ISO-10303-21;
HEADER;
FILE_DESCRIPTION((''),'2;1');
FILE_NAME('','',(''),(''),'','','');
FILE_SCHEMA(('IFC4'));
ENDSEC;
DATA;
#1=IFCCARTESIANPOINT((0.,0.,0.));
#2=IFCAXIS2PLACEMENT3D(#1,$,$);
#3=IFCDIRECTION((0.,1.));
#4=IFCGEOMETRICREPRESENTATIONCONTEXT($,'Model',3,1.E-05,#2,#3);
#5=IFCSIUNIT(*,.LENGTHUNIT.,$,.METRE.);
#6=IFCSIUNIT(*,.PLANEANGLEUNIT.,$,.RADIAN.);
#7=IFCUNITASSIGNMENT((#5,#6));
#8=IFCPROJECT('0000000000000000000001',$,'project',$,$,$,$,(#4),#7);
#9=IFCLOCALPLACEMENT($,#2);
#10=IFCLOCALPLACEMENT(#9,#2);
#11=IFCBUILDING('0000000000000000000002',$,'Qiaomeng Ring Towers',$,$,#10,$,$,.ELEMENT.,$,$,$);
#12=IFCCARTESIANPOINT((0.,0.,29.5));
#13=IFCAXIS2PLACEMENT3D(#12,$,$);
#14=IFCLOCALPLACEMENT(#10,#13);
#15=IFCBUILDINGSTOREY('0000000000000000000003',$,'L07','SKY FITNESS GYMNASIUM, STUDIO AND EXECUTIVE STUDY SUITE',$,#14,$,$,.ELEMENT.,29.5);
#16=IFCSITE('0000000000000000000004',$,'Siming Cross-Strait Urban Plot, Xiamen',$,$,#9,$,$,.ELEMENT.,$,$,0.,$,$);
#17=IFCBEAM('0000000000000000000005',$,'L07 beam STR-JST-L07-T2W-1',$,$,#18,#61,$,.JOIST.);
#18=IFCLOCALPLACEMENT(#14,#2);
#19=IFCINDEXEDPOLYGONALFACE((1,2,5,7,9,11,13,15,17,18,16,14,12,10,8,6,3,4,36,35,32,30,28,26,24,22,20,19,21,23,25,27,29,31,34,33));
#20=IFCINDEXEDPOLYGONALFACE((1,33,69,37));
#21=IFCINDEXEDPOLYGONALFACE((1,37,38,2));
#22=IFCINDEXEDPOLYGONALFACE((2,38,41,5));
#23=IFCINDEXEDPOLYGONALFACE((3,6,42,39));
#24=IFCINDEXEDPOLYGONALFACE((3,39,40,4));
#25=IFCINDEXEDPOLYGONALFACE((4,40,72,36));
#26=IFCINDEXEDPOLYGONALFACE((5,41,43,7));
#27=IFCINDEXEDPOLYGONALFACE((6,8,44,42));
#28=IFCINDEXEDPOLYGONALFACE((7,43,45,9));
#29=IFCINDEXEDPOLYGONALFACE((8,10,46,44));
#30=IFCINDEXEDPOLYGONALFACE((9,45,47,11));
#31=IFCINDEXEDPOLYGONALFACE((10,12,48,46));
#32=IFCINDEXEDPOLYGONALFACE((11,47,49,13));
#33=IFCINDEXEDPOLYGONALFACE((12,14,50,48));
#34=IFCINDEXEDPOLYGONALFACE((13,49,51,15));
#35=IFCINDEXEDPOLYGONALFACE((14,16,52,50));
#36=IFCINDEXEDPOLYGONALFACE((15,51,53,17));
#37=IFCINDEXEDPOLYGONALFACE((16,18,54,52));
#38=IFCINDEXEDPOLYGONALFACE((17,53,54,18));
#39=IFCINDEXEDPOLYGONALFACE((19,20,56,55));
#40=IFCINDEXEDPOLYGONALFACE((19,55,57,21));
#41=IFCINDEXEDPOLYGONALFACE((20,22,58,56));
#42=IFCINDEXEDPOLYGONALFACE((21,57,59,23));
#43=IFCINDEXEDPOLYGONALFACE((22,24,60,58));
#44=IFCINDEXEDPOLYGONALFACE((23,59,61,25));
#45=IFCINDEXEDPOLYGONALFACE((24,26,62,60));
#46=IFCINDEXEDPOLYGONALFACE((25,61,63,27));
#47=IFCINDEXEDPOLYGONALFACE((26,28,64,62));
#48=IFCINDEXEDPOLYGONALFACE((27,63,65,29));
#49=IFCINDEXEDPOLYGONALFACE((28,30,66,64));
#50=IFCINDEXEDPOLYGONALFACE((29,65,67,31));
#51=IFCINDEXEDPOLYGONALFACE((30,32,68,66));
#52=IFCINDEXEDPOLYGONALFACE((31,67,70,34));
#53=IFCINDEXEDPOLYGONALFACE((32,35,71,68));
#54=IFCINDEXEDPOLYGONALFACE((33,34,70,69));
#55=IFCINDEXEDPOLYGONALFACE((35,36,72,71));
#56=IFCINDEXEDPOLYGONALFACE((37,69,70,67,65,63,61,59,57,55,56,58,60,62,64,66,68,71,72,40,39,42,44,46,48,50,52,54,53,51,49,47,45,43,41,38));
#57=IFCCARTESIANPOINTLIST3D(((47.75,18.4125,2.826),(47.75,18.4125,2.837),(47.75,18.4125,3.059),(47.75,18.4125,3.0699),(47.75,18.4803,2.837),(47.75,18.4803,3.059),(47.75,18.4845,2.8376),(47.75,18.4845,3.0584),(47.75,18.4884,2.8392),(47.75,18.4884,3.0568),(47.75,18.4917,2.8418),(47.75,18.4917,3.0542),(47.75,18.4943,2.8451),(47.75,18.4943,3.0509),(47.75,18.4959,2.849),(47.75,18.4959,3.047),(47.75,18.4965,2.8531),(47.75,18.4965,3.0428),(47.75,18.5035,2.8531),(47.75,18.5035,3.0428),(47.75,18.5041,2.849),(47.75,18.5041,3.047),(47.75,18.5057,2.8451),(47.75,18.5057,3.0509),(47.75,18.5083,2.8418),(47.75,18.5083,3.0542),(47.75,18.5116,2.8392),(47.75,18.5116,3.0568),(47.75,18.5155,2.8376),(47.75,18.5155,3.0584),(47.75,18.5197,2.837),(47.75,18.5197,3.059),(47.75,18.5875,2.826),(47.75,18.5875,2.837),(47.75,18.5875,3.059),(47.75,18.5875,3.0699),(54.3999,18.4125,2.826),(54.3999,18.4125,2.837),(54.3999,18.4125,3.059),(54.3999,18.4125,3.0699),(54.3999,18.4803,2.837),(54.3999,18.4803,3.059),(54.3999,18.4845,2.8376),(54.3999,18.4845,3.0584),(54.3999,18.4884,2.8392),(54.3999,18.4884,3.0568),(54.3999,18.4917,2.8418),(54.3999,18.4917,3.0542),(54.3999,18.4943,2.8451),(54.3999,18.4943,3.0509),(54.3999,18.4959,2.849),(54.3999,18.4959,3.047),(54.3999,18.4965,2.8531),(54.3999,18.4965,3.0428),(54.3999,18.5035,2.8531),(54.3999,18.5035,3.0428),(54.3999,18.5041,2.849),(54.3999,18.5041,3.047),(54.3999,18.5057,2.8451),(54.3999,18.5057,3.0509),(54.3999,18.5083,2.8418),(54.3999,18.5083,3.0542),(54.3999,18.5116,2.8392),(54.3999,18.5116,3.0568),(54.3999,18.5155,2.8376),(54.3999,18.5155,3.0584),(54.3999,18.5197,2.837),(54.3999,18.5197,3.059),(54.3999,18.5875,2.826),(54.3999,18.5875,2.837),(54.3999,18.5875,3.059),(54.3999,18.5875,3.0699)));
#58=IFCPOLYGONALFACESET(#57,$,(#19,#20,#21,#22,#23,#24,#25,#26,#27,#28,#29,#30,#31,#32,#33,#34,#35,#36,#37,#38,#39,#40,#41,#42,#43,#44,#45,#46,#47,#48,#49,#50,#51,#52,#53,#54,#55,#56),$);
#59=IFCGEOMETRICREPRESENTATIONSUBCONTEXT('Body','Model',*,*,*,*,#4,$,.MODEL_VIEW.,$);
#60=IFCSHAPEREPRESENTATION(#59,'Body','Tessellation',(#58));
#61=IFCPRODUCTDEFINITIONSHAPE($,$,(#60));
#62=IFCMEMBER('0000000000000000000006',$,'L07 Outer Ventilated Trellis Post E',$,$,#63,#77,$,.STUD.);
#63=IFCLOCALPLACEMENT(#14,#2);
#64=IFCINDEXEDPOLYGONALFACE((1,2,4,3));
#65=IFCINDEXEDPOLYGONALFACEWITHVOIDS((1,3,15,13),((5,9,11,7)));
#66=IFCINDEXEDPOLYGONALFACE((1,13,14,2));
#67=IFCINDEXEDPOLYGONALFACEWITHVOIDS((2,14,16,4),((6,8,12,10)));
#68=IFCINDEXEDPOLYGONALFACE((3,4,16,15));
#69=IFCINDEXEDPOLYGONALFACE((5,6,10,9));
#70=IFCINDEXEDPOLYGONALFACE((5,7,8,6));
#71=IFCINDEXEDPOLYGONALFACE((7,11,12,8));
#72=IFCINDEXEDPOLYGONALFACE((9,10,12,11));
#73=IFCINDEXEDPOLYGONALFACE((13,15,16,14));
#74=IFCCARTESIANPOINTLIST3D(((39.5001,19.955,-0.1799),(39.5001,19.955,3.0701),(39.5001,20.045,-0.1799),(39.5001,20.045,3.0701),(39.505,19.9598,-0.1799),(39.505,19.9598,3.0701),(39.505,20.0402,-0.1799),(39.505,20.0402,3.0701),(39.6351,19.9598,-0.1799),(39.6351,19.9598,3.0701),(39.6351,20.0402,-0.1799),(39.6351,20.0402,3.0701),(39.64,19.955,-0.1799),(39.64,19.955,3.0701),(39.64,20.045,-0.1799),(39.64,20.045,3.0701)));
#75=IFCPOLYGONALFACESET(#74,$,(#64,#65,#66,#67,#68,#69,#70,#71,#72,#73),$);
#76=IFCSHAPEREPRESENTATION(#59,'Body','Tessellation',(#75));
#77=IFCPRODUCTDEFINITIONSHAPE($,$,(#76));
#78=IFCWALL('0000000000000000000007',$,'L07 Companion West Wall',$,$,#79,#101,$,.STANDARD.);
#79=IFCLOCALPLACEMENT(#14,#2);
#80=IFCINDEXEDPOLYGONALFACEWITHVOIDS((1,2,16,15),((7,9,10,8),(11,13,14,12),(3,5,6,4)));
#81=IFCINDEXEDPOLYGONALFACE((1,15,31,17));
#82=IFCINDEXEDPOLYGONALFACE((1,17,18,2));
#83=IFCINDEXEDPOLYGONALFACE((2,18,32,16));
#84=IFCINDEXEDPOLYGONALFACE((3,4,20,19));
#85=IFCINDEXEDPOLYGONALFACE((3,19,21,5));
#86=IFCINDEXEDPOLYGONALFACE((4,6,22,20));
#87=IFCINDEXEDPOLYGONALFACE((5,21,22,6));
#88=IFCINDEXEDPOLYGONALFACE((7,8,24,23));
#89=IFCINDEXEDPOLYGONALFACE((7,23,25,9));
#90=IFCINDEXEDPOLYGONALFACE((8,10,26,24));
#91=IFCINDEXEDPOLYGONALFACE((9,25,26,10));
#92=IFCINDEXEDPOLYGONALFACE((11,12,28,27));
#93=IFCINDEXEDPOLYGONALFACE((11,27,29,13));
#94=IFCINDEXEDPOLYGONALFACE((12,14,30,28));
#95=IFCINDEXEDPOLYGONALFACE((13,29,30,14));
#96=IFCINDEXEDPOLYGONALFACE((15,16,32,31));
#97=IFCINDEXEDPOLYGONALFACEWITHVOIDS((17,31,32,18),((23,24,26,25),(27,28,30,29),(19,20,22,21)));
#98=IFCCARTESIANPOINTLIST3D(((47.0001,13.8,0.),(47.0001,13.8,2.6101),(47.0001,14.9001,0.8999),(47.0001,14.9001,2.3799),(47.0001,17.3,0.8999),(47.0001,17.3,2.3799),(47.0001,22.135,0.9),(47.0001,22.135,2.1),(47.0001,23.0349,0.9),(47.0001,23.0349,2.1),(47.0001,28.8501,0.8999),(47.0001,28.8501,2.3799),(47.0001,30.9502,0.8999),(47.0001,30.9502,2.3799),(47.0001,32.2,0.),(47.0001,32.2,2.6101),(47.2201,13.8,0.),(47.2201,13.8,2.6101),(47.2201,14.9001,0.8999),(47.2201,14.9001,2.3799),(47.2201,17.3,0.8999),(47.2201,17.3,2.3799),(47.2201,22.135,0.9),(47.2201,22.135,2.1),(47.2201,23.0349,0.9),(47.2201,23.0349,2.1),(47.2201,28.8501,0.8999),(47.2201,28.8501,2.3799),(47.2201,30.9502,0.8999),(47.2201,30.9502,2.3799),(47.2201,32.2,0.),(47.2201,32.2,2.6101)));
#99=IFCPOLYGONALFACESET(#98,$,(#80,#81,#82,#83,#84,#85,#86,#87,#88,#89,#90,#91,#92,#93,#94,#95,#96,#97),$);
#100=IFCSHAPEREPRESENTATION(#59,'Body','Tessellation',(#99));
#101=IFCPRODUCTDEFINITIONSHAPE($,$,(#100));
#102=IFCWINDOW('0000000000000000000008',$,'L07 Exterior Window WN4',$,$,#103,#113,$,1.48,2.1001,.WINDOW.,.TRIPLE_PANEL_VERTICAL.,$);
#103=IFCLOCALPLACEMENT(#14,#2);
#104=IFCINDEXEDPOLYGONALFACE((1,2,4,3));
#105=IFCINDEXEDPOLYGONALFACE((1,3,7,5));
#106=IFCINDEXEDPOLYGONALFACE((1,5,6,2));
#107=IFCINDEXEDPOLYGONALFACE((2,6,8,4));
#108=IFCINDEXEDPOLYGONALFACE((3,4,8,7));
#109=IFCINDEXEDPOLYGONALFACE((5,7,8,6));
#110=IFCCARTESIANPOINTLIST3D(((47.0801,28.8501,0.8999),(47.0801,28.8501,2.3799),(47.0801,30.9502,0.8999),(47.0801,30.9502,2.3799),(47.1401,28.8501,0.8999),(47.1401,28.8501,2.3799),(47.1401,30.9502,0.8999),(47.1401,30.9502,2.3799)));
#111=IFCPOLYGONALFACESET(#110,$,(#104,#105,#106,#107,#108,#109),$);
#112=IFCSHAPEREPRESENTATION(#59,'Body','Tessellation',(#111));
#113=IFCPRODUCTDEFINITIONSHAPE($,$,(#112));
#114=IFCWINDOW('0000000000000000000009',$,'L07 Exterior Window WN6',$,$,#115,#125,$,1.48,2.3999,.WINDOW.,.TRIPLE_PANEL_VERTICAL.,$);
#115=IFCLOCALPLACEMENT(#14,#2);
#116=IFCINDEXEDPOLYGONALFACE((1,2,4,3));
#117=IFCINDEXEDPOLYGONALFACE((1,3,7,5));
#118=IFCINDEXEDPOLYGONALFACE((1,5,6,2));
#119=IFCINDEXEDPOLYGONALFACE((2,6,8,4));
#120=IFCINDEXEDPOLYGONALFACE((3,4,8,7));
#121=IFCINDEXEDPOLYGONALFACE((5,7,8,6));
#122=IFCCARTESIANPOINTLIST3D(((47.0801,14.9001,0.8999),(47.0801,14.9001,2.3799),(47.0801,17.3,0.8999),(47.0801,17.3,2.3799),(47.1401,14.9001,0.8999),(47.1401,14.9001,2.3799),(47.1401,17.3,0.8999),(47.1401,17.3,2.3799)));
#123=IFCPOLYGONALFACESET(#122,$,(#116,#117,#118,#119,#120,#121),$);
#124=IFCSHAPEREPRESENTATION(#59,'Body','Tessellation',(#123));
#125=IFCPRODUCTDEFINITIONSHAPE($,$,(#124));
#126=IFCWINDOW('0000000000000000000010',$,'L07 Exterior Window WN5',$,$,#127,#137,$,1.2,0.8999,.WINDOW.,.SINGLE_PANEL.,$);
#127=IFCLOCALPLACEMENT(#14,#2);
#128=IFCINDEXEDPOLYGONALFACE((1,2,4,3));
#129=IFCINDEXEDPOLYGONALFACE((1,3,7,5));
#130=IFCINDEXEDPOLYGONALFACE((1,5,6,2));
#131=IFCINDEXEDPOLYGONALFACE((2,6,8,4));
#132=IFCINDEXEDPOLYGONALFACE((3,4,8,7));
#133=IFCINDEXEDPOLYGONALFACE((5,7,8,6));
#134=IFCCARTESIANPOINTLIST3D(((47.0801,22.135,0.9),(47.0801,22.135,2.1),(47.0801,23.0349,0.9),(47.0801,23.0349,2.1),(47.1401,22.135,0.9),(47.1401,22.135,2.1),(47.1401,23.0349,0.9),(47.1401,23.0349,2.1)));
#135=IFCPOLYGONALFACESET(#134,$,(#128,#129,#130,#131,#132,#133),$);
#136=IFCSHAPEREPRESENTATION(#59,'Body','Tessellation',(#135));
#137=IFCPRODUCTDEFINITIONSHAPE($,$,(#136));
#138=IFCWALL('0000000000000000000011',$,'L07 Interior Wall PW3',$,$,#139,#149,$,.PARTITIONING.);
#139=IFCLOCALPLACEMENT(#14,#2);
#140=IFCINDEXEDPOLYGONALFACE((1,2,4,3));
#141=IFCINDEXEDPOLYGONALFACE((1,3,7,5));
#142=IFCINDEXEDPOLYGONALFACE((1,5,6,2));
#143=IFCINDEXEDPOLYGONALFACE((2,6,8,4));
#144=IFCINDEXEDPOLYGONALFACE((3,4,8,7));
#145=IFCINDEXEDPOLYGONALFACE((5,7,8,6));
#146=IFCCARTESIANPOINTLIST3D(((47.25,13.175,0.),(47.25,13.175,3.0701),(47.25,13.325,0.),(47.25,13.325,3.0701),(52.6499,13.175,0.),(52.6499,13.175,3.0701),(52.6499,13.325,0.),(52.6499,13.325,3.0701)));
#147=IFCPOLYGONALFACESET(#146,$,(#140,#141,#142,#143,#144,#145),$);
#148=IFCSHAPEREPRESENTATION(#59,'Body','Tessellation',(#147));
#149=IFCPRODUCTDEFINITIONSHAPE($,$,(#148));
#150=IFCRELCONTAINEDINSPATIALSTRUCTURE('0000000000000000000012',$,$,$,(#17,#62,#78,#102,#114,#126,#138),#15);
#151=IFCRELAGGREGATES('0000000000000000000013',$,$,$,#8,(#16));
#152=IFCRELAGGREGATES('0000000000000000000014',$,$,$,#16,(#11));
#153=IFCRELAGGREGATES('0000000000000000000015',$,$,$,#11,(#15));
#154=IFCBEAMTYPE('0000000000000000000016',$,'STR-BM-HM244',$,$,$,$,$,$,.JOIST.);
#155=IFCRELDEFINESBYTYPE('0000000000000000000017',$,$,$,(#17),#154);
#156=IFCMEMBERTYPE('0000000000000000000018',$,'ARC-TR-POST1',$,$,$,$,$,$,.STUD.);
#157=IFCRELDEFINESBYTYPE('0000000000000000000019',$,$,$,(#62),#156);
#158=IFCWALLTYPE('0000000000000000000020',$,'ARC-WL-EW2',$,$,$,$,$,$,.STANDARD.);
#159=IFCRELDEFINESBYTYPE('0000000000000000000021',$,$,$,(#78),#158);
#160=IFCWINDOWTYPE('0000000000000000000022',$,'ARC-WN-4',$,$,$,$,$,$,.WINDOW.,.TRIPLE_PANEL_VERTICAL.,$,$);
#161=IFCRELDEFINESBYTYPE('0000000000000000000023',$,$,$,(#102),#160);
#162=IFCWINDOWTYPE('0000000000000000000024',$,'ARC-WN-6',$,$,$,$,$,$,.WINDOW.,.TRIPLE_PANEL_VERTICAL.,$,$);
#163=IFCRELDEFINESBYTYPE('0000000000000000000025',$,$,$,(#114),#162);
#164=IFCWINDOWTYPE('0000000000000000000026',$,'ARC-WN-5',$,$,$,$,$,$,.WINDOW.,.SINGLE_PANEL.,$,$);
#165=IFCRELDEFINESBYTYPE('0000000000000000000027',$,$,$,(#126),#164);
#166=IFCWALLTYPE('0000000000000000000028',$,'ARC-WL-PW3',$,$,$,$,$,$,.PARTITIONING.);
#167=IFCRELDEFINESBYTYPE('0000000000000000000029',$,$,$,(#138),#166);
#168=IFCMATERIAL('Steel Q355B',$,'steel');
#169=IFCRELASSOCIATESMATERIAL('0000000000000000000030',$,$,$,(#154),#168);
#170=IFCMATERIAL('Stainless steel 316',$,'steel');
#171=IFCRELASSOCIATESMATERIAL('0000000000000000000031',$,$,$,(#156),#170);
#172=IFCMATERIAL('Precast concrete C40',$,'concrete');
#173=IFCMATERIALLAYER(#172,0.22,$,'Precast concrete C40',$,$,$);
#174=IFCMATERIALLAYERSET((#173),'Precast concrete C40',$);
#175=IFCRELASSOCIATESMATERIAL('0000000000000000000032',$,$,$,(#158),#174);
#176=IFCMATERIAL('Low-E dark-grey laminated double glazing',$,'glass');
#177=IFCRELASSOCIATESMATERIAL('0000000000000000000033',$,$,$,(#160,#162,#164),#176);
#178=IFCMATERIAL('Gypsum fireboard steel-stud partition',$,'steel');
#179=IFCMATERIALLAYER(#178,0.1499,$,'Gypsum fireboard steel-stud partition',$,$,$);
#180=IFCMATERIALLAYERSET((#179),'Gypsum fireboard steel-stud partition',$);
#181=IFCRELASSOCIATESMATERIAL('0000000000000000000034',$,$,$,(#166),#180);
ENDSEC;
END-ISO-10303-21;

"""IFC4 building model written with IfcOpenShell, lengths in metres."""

from ifc_helpers import new_model, si_unit, direction, frame, frame_2d, origin, origin_2d, place, context, subcontext, project, spatial, rectangle, hollow_rectangle, i_section, extrude, source, transform, mapped, material, layer, layer_set, material_profile, profile_set, type_object, element, fill, save


model = new_model("IFC4")

# Units and contexts
model_context = context("Model", 3, precision=1e-05, world=origin(), true_north=direction((0.0, 1.0)))
body_context = subcontext(model_context, "Body", "Model", "MODEL_VIEW")
ifc_project = project(units=[si_unit("LENGTHUNIT", "METRE"), si_unit("PLANEANGLEUNIT", "RADIAN")], contexts=[model_context])

# Site, building, storey
site_placement = place(None, origin())
site = spatial("IfcSite", under=ifc_project, at=site_placement, Name="Siming Cross-Strait Urban Plot, Xiamen", CompositionType="ELEMENT", RefElevation=0.0)
building_placement = place(site_placement, origin())
building = spatial("IfcBuilding", under=site, at=building_placement, Name="Qiaomeng Ring Towers", CompositionType="ELEMENT")
storey_placement = place(building_placement, frame((0.0, 0.0, 29.5)))
storey = spatial("IfcBuildingStorey", under=building, at=storey_placement, Name="L07", Description="SKY FITNESS GYMNASIUM, STUDIO AND EXECUTIVE STUDY SUITE", CompositionType="ELEMENT", Elevation=29.5)

# Beam
ifc_material_1 = material(Name="Steel Q355B", Category="steel")
ifc_material_profile_1 = material_profile(ifc_material_1, i_section(OverallWidth=0.175, OverallDepth=0.2439, WebThickness=0.0071, FlangeThickness=0.011, FilletRadius=0.0161, at=origin_2d()), Name="HM 244x175x7x11")
ifc_profile_set_1 = profile_set([ifc_material_profile_1], Name="Steel Q355B")
beam_type_1 = type_object("IfcBeamType", Name="STR-BM-HM244", PredefinedType="JOIST", material=ifc_profile_set_1)
shared_shape_1 = source(origin(), body_context, "Body", "SweptSolid", [
    extrude(i_section(OverallWidth=0.175, OverallDepth=0.2439, WebThickness=0.0071, FlangeThickness=0.011, FilletRadius=0.0161, at=origin_2d()), origin(), (0.0, 0.0, 1.0), 6.6499),
])
beam_1_placement = place(storey_placement, frame((47.75, 18.5, 2.948), z_axis=(1.0, 0.0, 0.0), x_axis=(0.0, 1.0, 0.0)))
element("IfcBeam", 1, at=beam_1_placement, inside=storey, type_object=beam_type_1, Name="L07 beam STR-JST-L07-T2W-1", PredefinedType="JOIST", context=body_context, shape_type="MappedRepresentation", body=[
    mapped(shared_shape_1, transform((0.0, 0.0, 0.0), x_axis=(1.0, 0.0, 0.0), y_axis=(0.0, 1.0, 0.0), z_axis=(0.0, 0.0, 1.0), scale=1.0)),
])

# Member
ifc_material_2 = material(Name="Stainless steel 316", Category="steel")
ifc_material_profile_2 = material_profile(ifc_material_2, hollow_rectangle(XDim=0.0901, YDim=0.1399, WallThickness=0.0049, at=origin_2d()), Name="SS TRELLIS 90x140")
ifc_profile_set_2 = profile_set([ifc_material_profile_2], Name="Stainless steel 316")
member_type = type_object("IfcMemberType", Name="ARC-TR-POST1", PredefinedType="STUD", material=ifc_profile_set_2)
shared_shape_2 = source(origin(), body_context, "Body", "SweptSolid", [
    extrude(hollow_rectangle(XDim=0.0901, YDim=0.1399, WallThickness=0.0049, at=origin_2d()), origin(), (0.0, 0.0, 1.0), 3.25),
])
member_placement = place(storey_placement, frame((39.5701, 20.0, -0.1799), z_axis=(0.0, 0.0, 1.0), x_axis=(0.0, 1.0, 0.0)))
element("IfcMember", 2, at=member_placement, inside=storey, type_object=member_type, Name="L07 Outer Ventilated Trellis Post E", PredefinedType="STUD", context=body_context, shape_type="MappedRepresentation", body=[
    mapped(shared_shape_2, transform((0.0, 0.0, 0.0), x_axis=(1.0, 0.0, 0.0), y_axis=(0.0, 1.0, 0.0), z_axis=(0.0, 0.0, 1.0), scale=1.0)),
])

# Wall, openings, windows
ifc_material_3 = material(Name="Precast concrete C40", Category="concrete")
ifc_layer_1 = layer(ifc_material_3, 0.22, Name="Precast concrete C40")
ifc_layer_set_1 = layer_set([ifc_layer_1], Name="Precast concrete C40")
wall_type_1 = type_object("IfcWallType", Name="ARC-WL-EW2", PredefinedType="STANDARD", material=ifc_layer_set_1)
wall_1_placement = place(storey_placement, frame((47.1101, 13.8, 0.0), z_axis=(0.0, 0.0, 1.0), x_axis=(0.0, 1.0, 0.0)))
wall_1 = element("IfcWall", 3, at=wall_1_placement, inside=storey, type_object=wall_type_1, Name="L07 Companion West Wall", PredefinedType="STANDARD", context=body_context, shape_type="SweptSolid", body=[
    extrude(rectangle(XDim=18.3999, YDim=0.22, at=frame_2d((9.2, 0.0))), origin(), (0.0, 0.0, 1.0), 2.6101),
])
opening_1_placement = place(wall_1_placement, frame((1.1001, 0.0, 0.8999)))
opening_1 = element("IfcOpeningElement", 4, at=opening_1_placement, cuts=wall_1, PredefinedType="OPENING", context=body_context, shape_type="SweptSolid", body=[
    extrude(rectangle(XDim=2.3999, YDim=1.48, at=frame_2d((1.2, 0.74))), frame((0.0, 0.1199, 0.0), z_axis=(0.0, -1.0, 0.0), x_axis=(1.0, 0.0, 0.0)), (0.0, 0.0, 1.0), 0.24),
])
opening_2_placement = place(wall_1_placement, frame((15.05, 0.0, 0.8999)))
opening_2 = element("IfcOpeningElement", 5, at=opening_2_placement, cuts=wall_1, PredefinedType="OPENING", context=body_context, shape_type="SweptSolid", body=[
    extrude(rectangle(XDim=2.1001, YDim=1.48, at=frame_2d((1.05, 0.74))), frame((0.0, 0.1199, 0.0), z_axis=(0.0, -1.0, 0.0), x_axis=(1.0, 0.0, 0.0)), (0.0, 0.0, 1.0), 0.24),
])
opening_3_placement = place(wall_1_placement, frame((8.335, 0.0, 0.8999)))
opening_3 = element("IfcOpeningElement", 6, at=opening_3_placement, cuts=wall_1, PredefinedType="OPENING", context=body_context, shape_type="SweptSolid", body=[
    extrude(rectangle(XDim=0.8999, YDim=1.2, at=frame_2d((0.45, 0.6001))), frame((0.0, 0.1199, 0.0), z_axis=(0.0, -1.0, 0.0), x_axis=(1.0, 0.0, 0.0)), (0.0, 0.0, 1.0), 0.24),
])
ifc_material_4 = material(Name="Low-E dark-grey laminated double glazing", Category="glass")
window_type_1 = type_object("IfcWindowType", Name="ARC-WN-4", PartitioningType="TRIPLE_PANEL_VERTICAL", PredefinedType="WINDOW", material=ifc_material_4)
shared_shape_3 = source(origin(), body_context, "Body", "SweptSolid", [
    extrude(rectangle(XDim=2.1001, YDim=1.48, at=frame_2d((1.05, 0.74))), frame((0.0, 0.03, 0.0), z_axis=(0.0, -1.0, 0.0), x_axis=(1.0, 0.0, 0.0)), (0.0, 0.0, 1.0), 0.0601),
])
window_1_placement = place(opening_2_placement, origin())
window_1 = element("IfcWindow", 7, at=window_1_placement, inside=storey, type_object=window_type_1, Name="L07 Exterior Window WN4", OverallHeight=1.48, OverallWidth=2.1001, PartitioningType="TRIPLE_PANEL_VERTICAL", PredefinedType="WINDOW", context=body_context, shape_type="MappedRepresentation", body=[
    mapped(shared_shape_3, transform((0.0, 0.0, 0.0), x_axis=(1.0, 0.0, 0.0), y_axis=(0.0, 1.0, 0.0), z_axis=(0.0, 0.0, 1.0), scale=1.0)),
])
fill(opening_2, window_1)
window_type_2 = type_object("IfcWindowType", Name="ARC-WN-6", PartitioningType="TRIPLE_PANEL_VERTICAL", PredefinedType="WINDOW", material=ifc_material_4)
shared_shape_4 = source(origin(), body_context, "Body", "SweptSolid", [
    extrude(rectangle(XDim=2.3999, YDim=1.48, at=frame_2d((1.2, 0.74))), frame((0.0, 0.03, 0.0), z_axis=(0.0, -1.0, 0.0), x_axis=(1.0, 0.0, 0.0)), (0.0, 0.0, 1.0), 0.0601),
])
window_2_placement = place(opening_1_placement, origin())
window_2 = element("IfcWindow", 8, at=window_2_placement, inside=storey, type_object=window_type_2, Name="L07 Exterior Window WN6", OverallHeight=1.48, OverallWidth=2.3999, PartitioningType="TRIPLE_PANEL_VERTICAL", PredefinedType="WINDOW", context=body_context, shape_type="MappedRepresentation", body=[
    mapped(shared_shape_4, transform((0.0, 0.0, 0.0), x_axis=(1.0, 0.0, 0.0), y_axis=(0.0, 1.0, 0.0), z_axis=(0.0, 0.0, 1.0), scale=1.0)),
])
fill(opening_1, window_2)
window_type_3 = type_object("IfcWindowType", Name="ARC-WN-5", PartitioningType="SINGLE_PANEL", PredefinedType="WINDOW", material=ifc_material_4)
shared_shape_5 = source(origin(), body_context, "Body", "SweptSolid", [
    extrude(rectangle(XDim=0.8999, YDim=1.2, at=frame_2d((0.45, 0.6001))), frame((0.0, 0.03, 0.0), z_axis=(0.0, -1.0, 0.0), x_axis=(1.0, 0.0, 0.0)), (0.0, 0.0, 1.0), 0.0601),
])
window_3_placement = place(opening_3_placement, origin())
window_3 = element("IfcWindow", 9, at=window_3_placement, inside=storey, type_object=window_type_3, Name="L07 Exterior Window WN5", OverallHeight=1.2, OverallWidth=0.8999, PartitioningType="SINGLE_PANEL", PredefinedType="WINDOW", context=body_context, shape_type="MappedRepresentation", body=[
    mapped(shared_shape_5, transform((0.0, 0.0, 0.0), x_axis=(1.0, 0.0, 0.0), y_axis=(0.0, 1.0, 0.0), z_axis=(0.0, 0.0, 1.0), scale=1.0)),
])
fill(opening_3, window_3)

# Wall
ifc_material_5 = material(Name="Gypsum fireboard steel-stud partition", Category="steel")
ifc_layer_2 = layer(ifc_material_5, 0.1499, Name="Gypsum fireboard steel-stud partition")
ifc_layer_set_2 = layer_set([ifc_layer_2], Name="Gypsum fireboard steel-stud partition")
wall_type_2 = type_object("IfcWallType", Name="ARC-WL-PW3", PredefinedType="PARTITIONING", material=ifc_layer_set_2)
wall_2_placement = place(storey_placement, frame((47.25, 13.25, 0.0), z_axis=(0.0, 0.0, 1.0), x_axis=(1.0, 0.0, 0.0)))
element("IfcWall", 10, at=wall_2_placement, inside=storey, type_object=wall_type_2, Name="L07 Interior Wall PW3", PredefinedType="PARTITIONING", context=body_context, shape_type="SweptSolid", body=[
    extrude(rectangle(XDim=5.3999, YDim=0.1499, at=frame_2d((2.7, 0.0))), origin(), (0.0, 0.0, 1.0), 3.0701),
])

save(model, "model.ifc")
